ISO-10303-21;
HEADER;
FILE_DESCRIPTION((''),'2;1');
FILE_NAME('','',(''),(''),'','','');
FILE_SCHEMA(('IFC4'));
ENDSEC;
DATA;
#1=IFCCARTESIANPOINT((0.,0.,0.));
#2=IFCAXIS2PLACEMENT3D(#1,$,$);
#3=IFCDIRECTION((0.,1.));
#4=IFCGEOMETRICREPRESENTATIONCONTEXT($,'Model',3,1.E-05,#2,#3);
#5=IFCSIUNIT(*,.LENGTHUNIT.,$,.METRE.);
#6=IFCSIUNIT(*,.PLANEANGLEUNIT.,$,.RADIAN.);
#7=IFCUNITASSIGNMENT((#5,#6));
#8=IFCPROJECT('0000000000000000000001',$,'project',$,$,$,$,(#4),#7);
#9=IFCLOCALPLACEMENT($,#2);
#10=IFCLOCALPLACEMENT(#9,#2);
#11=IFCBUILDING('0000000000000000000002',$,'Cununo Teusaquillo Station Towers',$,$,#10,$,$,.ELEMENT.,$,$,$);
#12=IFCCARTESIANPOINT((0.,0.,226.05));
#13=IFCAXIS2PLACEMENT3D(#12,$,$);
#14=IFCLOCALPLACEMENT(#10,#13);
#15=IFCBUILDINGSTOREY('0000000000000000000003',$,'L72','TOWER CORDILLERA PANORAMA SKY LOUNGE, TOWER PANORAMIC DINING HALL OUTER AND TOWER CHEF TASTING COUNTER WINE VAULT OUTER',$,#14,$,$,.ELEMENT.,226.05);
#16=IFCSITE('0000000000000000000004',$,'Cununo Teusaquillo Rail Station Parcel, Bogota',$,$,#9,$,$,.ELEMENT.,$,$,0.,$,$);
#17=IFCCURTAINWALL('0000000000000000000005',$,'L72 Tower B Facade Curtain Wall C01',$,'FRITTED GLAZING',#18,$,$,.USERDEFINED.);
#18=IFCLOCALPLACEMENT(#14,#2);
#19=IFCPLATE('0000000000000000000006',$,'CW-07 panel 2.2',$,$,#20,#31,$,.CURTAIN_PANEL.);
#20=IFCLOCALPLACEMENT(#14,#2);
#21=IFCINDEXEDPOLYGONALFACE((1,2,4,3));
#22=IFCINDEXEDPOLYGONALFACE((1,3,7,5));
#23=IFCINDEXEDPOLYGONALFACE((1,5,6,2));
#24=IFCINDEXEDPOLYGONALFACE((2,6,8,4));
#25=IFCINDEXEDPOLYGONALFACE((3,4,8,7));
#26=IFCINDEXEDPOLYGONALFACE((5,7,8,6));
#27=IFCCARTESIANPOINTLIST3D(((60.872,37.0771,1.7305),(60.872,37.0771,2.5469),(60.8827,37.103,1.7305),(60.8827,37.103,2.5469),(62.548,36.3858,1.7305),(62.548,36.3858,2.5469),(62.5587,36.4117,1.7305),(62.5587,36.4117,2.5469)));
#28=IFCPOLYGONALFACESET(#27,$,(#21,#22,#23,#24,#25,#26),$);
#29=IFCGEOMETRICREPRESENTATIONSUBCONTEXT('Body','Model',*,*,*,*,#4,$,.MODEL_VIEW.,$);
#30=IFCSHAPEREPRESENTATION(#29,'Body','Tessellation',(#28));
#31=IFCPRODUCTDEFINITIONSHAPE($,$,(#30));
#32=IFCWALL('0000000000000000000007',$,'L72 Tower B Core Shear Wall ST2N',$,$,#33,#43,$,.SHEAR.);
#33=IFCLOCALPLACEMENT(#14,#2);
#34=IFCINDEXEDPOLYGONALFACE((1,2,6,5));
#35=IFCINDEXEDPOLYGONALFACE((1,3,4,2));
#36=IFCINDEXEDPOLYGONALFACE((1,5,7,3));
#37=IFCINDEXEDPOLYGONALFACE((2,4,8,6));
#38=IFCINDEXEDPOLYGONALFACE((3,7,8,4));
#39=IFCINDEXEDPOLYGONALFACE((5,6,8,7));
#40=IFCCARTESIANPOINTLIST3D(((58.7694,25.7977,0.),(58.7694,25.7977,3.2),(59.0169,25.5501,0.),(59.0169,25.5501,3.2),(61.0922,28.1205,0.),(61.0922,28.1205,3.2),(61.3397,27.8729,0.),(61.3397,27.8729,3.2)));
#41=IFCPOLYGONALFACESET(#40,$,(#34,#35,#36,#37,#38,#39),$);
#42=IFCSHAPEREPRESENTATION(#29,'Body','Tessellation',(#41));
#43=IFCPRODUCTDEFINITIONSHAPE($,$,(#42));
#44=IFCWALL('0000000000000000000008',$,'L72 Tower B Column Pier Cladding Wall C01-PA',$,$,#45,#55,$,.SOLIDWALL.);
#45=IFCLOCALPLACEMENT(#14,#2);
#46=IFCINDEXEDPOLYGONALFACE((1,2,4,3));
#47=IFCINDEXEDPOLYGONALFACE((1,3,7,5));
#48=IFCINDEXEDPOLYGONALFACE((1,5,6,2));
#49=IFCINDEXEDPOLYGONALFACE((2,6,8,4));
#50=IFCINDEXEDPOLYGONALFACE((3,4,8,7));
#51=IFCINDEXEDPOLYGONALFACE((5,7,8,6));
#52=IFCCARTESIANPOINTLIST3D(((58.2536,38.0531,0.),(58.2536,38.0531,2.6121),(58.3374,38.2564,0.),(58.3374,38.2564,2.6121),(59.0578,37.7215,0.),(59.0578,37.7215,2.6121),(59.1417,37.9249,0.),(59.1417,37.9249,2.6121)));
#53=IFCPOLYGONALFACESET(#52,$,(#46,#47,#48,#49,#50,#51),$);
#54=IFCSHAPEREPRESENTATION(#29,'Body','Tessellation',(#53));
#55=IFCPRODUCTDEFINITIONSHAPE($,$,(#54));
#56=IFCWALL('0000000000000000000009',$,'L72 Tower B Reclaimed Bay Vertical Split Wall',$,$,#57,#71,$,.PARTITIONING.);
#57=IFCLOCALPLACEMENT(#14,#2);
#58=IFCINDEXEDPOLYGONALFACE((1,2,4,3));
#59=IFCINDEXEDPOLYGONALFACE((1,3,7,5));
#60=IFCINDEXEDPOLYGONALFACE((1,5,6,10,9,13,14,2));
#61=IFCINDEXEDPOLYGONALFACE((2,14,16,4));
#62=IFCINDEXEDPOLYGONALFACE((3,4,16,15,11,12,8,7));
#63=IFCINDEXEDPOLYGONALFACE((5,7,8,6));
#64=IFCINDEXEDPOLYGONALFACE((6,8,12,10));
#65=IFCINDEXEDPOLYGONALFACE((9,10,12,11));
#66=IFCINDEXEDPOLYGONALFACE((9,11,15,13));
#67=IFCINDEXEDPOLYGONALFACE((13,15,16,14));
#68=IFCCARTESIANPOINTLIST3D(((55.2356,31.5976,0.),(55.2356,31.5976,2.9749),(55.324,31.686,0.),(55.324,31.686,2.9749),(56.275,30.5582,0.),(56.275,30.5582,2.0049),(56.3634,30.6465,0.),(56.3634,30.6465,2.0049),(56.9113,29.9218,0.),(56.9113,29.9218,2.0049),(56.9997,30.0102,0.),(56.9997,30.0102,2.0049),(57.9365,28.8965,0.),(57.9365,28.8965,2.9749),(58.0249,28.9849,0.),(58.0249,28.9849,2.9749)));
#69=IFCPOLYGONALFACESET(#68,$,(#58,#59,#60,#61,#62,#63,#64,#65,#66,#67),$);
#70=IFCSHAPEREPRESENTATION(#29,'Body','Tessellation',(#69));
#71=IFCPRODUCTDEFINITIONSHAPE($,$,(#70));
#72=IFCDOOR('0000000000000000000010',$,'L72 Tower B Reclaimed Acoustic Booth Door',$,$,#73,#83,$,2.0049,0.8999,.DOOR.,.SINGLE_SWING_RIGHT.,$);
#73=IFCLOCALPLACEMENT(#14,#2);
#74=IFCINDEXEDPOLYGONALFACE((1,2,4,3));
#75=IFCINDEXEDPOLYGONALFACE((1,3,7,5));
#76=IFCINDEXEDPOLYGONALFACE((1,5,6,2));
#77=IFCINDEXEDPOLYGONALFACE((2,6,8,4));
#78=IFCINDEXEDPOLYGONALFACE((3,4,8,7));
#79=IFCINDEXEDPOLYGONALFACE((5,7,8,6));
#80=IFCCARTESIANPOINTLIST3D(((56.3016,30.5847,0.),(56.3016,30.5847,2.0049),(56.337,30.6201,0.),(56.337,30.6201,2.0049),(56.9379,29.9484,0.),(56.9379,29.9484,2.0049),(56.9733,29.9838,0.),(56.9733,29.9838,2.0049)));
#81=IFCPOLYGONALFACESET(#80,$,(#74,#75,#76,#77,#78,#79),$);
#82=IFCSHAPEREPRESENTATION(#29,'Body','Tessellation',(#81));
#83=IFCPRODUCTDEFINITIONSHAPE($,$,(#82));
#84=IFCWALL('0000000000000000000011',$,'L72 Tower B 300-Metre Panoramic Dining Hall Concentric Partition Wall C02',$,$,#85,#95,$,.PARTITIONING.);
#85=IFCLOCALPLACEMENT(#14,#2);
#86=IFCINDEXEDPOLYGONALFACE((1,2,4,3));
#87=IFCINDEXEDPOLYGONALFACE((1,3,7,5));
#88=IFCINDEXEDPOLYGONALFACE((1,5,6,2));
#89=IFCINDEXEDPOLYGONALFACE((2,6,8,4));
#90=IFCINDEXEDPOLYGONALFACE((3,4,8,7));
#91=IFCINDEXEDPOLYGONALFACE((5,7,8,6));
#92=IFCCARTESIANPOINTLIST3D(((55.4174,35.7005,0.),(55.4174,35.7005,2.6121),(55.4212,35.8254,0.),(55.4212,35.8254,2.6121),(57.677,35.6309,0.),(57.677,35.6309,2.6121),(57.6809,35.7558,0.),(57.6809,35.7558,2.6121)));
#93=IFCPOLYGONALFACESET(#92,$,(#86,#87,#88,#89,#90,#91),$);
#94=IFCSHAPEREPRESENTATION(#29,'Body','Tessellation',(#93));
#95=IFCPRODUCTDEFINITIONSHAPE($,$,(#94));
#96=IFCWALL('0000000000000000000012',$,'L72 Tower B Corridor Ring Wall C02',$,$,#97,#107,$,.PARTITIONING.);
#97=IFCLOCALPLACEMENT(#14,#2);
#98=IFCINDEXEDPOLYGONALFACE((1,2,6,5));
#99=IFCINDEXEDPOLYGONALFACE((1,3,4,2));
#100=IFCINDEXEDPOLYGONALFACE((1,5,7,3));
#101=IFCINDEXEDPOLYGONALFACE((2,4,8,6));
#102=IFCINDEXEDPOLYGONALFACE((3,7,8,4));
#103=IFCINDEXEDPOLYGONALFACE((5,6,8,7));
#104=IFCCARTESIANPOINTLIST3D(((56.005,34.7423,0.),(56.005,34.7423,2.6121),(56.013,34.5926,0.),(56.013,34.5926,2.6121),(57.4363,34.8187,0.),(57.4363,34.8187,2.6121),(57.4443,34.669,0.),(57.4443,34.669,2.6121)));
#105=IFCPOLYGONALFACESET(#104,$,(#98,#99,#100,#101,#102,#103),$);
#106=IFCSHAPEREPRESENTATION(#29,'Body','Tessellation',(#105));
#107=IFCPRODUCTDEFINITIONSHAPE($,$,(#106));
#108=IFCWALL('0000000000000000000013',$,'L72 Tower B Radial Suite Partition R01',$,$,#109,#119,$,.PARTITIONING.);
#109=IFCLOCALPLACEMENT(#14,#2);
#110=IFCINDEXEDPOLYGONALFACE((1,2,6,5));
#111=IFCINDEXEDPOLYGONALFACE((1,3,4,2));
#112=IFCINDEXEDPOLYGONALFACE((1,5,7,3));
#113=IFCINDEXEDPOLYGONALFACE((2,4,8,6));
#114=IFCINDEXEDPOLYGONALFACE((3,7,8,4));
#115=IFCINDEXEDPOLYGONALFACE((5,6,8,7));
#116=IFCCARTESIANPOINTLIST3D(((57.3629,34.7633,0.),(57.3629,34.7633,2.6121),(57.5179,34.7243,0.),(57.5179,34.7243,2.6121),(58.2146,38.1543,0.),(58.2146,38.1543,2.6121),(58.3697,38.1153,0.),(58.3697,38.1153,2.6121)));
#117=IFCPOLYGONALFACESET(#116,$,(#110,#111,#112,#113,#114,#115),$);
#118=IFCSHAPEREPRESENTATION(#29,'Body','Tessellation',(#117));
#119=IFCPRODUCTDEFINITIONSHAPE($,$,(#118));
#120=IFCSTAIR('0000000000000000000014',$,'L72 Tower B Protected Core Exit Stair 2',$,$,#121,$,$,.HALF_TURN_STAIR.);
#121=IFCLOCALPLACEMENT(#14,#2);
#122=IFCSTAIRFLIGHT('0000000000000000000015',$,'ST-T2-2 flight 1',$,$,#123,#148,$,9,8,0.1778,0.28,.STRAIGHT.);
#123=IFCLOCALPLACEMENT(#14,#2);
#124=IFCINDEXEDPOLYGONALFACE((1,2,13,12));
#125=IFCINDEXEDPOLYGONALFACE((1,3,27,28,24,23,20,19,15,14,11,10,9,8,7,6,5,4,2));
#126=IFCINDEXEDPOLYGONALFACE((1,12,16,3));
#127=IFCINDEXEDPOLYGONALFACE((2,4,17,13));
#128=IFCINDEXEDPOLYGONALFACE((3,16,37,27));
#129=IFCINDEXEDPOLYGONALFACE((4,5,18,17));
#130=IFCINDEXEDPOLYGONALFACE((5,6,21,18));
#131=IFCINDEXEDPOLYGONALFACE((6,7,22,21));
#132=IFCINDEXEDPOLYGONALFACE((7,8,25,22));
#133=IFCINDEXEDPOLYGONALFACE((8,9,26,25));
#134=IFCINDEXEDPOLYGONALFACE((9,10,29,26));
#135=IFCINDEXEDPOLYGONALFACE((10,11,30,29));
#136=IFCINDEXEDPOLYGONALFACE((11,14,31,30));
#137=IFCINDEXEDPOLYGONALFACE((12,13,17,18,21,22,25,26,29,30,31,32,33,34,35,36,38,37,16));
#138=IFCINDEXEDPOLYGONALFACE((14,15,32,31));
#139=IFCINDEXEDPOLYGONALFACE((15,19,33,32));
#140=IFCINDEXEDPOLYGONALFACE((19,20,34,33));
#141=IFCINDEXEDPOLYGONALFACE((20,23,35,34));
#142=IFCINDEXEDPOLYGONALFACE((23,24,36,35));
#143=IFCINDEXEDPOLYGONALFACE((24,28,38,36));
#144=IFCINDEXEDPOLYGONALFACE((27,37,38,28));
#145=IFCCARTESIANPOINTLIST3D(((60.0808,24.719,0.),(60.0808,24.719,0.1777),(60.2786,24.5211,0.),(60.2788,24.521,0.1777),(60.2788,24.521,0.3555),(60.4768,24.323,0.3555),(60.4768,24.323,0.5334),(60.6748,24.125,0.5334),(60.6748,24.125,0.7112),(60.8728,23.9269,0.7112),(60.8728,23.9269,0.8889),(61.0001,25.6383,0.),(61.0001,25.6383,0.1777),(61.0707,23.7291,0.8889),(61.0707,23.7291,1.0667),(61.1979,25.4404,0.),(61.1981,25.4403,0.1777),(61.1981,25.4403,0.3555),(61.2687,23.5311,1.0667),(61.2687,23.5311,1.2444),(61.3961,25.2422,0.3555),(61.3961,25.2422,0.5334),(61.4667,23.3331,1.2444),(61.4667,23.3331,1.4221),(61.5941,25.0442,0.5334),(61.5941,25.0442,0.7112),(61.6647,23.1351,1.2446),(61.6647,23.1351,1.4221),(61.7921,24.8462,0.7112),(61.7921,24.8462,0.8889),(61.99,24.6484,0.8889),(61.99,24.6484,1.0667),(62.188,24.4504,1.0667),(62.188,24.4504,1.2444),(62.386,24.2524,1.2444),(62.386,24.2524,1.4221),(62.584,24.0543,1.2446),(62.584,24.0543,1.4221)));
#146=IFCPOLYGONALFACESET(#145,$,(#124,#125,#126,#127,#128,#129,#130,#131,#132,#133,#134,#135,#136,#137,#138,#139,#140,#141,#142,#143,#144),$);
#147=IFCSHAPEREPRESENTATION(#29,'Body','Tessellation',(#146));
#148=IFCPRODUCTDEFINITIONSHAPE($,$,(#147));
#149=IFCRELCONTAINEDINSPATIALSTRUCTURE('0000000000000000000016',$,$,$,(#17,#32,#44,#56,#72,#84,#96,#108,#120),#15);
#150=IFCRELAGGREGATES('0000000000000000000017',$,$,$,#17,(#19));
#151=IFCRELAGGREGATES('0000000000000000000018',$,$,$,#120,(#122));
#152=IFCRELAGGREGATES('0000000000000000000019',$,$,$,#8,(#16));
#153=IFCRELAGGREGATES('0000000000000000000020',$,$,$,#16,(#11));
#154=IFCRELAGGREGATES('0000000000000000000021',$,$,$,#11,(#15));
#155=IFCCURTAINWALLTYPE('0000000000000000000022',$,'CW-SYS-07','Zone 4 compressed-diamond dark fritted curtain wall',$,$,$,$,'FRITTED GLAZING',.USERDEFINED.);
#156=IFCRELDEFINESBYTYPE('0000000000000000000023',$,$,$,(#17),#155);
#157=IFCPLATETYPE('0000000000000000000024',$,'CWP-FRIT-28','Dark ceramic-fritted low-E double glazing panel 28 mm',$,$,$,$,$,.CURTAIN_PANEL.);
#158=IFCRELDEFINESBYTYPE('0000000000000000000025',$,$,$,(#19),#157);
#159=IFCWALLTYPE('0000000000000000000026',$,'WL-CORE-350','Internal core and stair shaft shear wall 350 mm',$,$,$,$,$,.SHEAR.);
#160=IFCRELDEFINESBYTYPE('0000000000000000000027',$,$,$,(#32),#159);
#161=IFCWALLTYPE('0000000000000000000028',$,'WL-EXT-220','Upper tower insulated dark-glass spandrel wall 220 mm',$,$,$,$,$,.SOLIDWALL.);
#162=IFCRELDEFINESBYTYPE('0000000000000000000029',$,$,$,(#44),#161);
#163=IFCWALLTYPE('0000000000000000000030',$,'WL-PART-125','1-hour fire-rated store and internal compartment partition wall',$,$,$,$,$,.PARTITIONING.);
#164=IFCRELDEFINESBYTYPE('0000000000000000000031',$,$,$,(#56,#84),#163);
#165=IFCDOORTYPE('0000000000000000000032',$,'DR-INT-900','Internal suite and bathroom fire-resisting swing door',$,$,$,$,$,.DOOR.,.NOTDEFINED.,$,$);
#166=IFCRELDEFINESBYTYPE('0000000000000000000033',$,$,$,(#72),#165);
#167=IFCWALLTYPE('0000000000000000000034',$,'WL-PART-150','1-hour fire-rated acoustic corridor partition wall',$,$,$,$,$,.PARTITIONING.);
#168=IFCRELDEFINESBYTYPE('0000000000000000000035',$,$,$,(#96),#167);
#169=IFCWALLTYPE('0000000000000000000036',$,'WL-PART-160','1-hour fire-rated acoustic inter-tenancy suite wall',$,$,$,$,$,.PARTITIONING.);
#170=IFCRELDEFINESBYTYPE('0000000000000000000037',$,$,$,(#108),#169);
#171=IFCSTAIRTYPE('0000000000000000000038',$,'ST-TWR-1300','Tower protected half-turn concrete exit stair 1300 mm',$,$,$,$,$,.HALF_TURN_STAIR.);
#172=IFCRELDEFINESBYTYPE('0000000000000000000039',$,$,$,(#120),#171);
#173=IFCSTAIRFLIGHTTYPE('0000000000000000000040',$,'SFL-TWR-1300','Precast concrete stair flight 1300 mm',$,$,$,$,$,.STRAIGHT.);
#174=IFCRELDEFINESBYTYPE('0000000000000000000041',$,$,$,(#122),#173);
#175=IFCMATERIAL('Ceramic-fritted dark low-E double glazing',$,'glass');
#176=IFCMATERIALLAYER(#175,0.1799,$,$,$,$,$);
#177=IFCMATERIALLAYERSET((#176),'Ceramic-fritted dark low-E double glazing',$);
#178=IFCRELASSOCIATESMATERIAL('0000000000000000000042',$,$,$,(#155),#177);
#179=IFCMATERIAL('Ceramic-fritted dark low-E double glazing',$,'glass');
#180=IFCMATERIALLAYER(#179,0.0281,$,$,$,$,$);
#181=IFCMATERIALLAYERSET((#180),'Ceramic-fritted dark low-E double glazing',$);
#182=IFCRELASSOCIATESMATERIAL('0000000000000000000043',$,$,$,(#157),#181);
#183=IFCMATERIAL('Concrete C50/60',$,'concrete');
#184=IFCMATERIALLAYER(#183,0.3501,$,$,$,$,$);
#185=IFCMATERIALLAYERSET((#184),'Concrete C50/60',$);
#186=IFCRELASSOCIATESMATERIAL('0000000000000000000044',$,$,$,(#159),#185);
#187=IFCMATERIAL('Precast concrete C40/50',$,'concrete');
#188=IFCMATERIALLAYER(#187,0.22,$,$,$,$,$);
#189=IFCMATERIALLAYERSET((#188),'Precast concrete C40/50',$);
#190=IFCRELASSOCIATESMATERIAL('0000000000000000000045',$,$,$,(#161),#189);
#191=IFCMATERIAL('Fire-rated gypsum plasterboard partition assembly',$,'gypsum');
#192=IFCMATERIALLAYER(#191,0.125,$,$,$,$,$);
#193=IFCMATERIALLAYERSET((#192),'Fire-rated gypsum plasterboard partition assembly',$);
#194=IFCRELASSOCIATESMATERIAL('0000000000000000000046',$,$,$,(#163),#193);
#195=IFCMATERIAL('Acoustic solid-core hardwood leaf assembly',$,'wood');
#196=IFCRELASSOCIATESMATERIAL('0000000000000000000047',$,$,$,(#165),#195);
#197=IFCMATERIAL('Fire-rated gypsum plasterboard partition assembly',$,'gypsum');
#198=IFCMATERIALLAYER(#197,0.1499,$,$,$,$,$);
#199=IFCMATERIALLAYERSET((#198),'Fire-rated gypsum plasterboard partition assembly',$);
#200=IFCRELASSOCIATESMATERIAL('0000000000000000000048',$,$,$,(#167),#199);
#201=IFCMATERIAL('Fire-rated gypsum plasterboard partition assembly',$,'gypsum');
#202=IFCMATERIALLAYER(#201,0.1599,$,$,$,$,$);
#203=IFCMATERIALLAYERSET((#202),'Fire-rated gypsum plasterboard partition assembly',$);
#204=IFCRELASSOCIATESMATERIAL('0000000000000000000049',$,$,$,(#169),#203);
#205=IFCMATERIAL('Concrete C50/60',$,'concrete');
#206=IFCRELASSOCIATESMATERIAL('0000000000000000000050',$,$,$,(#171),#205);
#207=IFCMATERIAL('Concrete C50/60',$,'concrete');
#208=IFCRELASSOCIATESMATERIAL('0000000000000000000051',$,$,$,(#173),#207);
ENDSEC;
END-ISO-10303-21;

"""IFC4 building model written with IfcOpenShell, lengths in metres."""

from ifc_helpers import new_model, si_unit, direction, frame, frame_2d, origin, origin_2d, place, context, subcontext, project, spatial, polyline, rectangle, outline, extrude, source, transform, mapped, material, layer, layer_set, type_object, element, fill, aggregate, save


model = new_model("IFC4")

# Units and contexts
model_context = context("Model", 3, precision=1e-05, world=origin(), true_north=direction((0.0, 1.0)))
body_context = subcontext(model_context, "Body", "Model", "MODEL_VIEW")
ifc_project = project(units=[si_unit("LENGTHUNIT", "METRE"), si_unit("PLANEANGLEUNIT", "RADIAN")], contexts=[model_context])

# Site, building, storey
site_placement = place(None, origin())
site = spatial("IfcSite", under=ifc_project, at=site_placement, Name="Cununo Teusaquillo Rail Station Parcel, Bogota", CompositionType="ELEMENT", RefElevation=0.0)
building_placement = place(site_placement, origin())
building = spatial("IfcBuilding", under=site, at=building_placement, Name="Cununo Teusaquillo Station Towers", CompositionType="ELEMENT")
storey_placement = place(building_placement, frame((0.0, 0.0, 226.05)))
storey = spatial("IfcBuildingStorey", under=building, at=storey_placement, Name="L72", Description="TOWER CORDILLERA PANORAMA SKY LOUNGE, TOWER PANORAMIC DINING HALL OUTER AND TOWER CHEF TASTING COUNTER WINE VAULT OUTER", CompositionType="ELEMENT", Elevation=226.05)

# Curtain wall, plate
ifc_material_1 = material(Name="Ceramic-fritted dark low-E double glazing", Category="glass")
ifc_layer_1 = layer(ifc_material_1, 0.1799)
ifc_layer_set_1 = layer_set([ifc_layer_1], Name="Ceramic-fritted dark low-E double glazing")
curtain_wall_type = type_object("IfcCurtainWallType", Name="CW-SYS-07", Description="Zone 4 compressed-diamond dark fritted curtain wall", ElementType="FRITTED GLAZING", PredefinedType="USERDEFINED", material=ifc_layer_set_1)
curtain_wall_placement = place(storey_placement, origin())
curtain_wall = element("IfcCurtainWall", 1, at=curtain_wall_placement, inside=storey, type_object=curtain_wall_type, Name="L72 Tower B Facade Curtain Wall C01", ObjectType="FRITTED GLAZING", PredefinedType="USERDEFINED")
ifc_material_2 = material(Name="Ceramic-fritted dark low-E double glazing", Category="glass")
ifc_layer_2 = layer(ifc_material_2, 0.0281)
ifc_layer_set_2 = layer_set([ifc_layer_2], Name="Ceramic-fritted dark low-E double glazing")
plate_type = type_object("IfcPlateType", Name="CWP-FRIT-28", Description="Dark ceramic-fritted low-E double glazing panel 28 mm", PredefinedType="CURTAIN_PANEL", material=ifc_layer_set_2)
shared_shape_1 = source(origin(), body_context, "Body", "SweptSolid", [
    extrude(rectangle(XDim=1.813, YDim=0.0281, at=origin_2d()), origin(), (0.0, 0.0, 1.0), 0.8164),
])
plate_1_placement = place(storey_placement, frame((61.7153, 36.7444, 1.7305), z_axis=(0.0, 0.0, 1.0), x_axis=(0.924447, -0.381311, 0.0)))
plate_1 = element("IfcPlate", 2, at=plate_1_placement, type_object=plate_type, Name="CW-07 panel 2.2", PredefinedType="CURTAIN_PANEL", context=body_context, shape_type="MappedRepresentation", body=[
    mapped(shared_shape_1, transform((0.0, 0.0, 0.0), x_axis=(1.0, 0.0, 0.0), y_axis=(0.0, 1.0, 0.0), z_axis=(0.0, 0.0, 1.0), scale=1.0)),
])
aggregate(curtain_wall, [plate_1])

# Walls
ifc_material_3 = material(Name="Concrete C50/60", Category="concrete")
ifc_layer_3 = layer(ifc_material_3, 0.3501)
ifc_layer_set_3 = layer_set([ifc_layer_3], Name="Concrete C50/60")
wall_type_1 = type_object("IfcWallType", Name="WL-CORE-350", Description="Internal core and stair shaft shear wall 350 mm", PredefinedType="SHEAR", material=ifc_layer_set_3)
wall_1_placement = place(storey_placement, frame((58.8931, 25.6738, 0.0), z_axis=(0.0, 0.0, 1.0), x_axis=(0.707107, 0.707107, 0.0)))
element("IfcWall", 3, at=wall_1_placement, inside=storey, type_object=wall_type_1, Name="L72 Tower B Core Shear Wall ST2N", PredefinedType="SHEAR", context=body_context, shape_type="SweptSolid", body=[
    extrude(rectangle(XDim=3.2849, YDim=0.3501, at=frame_2d((1.6426, 0.0))), origin(), (0.0, 0.0, 1.0), 3.2),
])
ifc_material_4 = material(Name="Precast concrete C40/50", Category="concrete")
ifc_layer_4 = layer(ifc_material_4, 0.22)
ifc_layer_set_4 = layer_set([ifc_layer_4], Name="Precast concrete C40/50")
wall_type_2 = type_object("IfcWallType", Name="WL-EXT-220", Description="Upper tower insulated dark-glass spandrel wall 220 mm", PredefinedType="SOLIDWALL", material=ifc_layer_set_4)
wall_2_placement = place(storey_placement, frame((58.2954, 38.1548, 0.0), z_axis=(0.0, 0.0, 1.0), x_axis=(0.924515, -0.381145, 0.0)))
element("IfcWall", 4, at=wall_2_placement, inside=storey, type_object=wall_type_2, Name="L72 Tower B Column Pier Cladding Wall C01-PA", PredefinedType="SOLIDWALL", context=body_context, shape_type="SweptSolid", body=[
    extrude(rectangle(XDim=0.8699, YDim=0.22, at=frame_2d((0.4351, 0.0))), origin(), (0.0, 0.0, 1.0), 2.6121),
])

# Wall, opening, door
ifc_material_5 = material(Name="Fire-rated gypsum plasterboard partition assembly", Category="gypsum")
ifc_layer_5 = layer(ifc_material_5, 0.125)
ifc_layer_set_5 = layer_set([ifc_layer_5], Name="Fire-rated gypsum plasterboard partition assembly")
wall_type_3 = type_object("IfcWallType", Name="WL-PART-125", Description="1-hour fire-rated store and internal compartment partition wall", PredefinedType="PARTITIONING", material=ifc_layer_set_5)
wall_3_placement = place(storey_placement, frame((57.9807, 28.9407, 0.0), z_axis=(0.0, 0.0, 1.0), x_axis=(-0.707075, 0.707139, 0.0)))
wall_3 = element("IfcWall", 5, at=wall_3_placement, inside=storey, type_object=wall_type_3, Name="L72 Tower B Reclaimed Bay Vertical Split Wall", PredefinedType="PARTITIONING", context=body_context, shape_type="SweptSolid", body=[
    extrude(rectangle(XDim=3.8198, YDim=0.125, at=frame_2d((1.9099, 0.0))), origin(), (0.0, 0.0, 1.0), 2.9749),
])
shared_shape_2 = source(origin(), body_context, "Body", "SweptSolid", [
    extrude(rectangle(XDim=0.8999, YDim=2.0049, at=frame_2d((0.45, 1.0024))), frame((0.0, 0.0725, 0.0), z_axis=(0.0, -1.0, 0.0), x_axis=(1.0, 0.0, 0.0)), (0.0, 0.0, 1.0), 0.145),
])
opening_placement = place(wall_3_placement, frame((1.45, 0.0, 0.0)))
opening = element("IfcOpeningElement", 6, at=opening_placement, cuts=wall_3, PredefinedType="OPENING", context=body_context, shape_type="MappedRepresentation", body=[
    mapped(shared_shape_2, transform((0.0, 0.0, 0.0), x_axis=(1.0, 0.0, 0.0), y_axis=(0.0, 1.0, 0.0), z_axis=(0.0, 0.0, 1.0), scale=1.0)),
])
ifc_material_6 = material(Name="Acoustic solid-core hardwood leaf assembly", Category="wood")
door_type = type_object("IfcDoorType", Name="DR-INT-900", Description="Internal suite and bathroom fire-resisting swing door", OperationType="NOTDEFINED", PredefinedType="DOOR", material=ifc_material_6)
shared_shape_3 = source(origin(), body_context, "Body", "SweptSolid", [
    extrude(rectangle(XDim=0.8999, YDim=2.0049, at=frame_2d((0.45, 1.0024))), frame((0.0, 0.0249, 0.0), z_axis=(0.0, -1.0, 0.0), x_axis=(1.0, 0.0, 0.0)), (0.0, 0.0, 1.0), 0.05),
])
door_placement = place(opening_placement, origin())
door = element("IfcDoor", 7, at=door_placement, inside=storey, type_object=door_type, Name="L72 Tower B Reclaimed Acoustic Booth Door", OperationType="SINGLE_SWING_RIGHT", OverallHeight=2.0049, OverallWidth=0.8999, PredefinedType="DOOR", context=body_context, shape_type="MappedRepresentation", body=[
    mapped(shared_shape_3, transform((0.0, 0.0, 0.0), x_axis=(1.0, 0.0, 0.0), y_axis=(0.0, 1.0, 0.0), z_axis=(0.0, 0.0, 1.0), scale=1.0)),
])
fill(opening, door)

# Walls
wall_4_placement = place(storey_placement, frame((57.679, 35.6934, 0.0), z_axis=(0.0, 0.0, 1.0), x_axis=(-0.999526, 0.030776, 0.0)))
element("IfcWall", 8, at=wall_4_placement, inside=storey, type_object=wall_type_3, Name="L72 Tower B 300-Metre Panoramic Dining Hall Concentric Partition Wall C02", PredefinedType="PARTITIONING", context=body_context, shape_type="SweptSolid", body=[
    extrude(rectangle(XDim=2.2607, YDim=0.125, at=frame_2d((1.1304, 0.0))), origin(), (0.0, 0.0, 1.0), 2.6121),
])
ifc_material_7 = material(Name="Fire-rated gypsum plasterboard partition assembly", Category="gypsum")
ifc_layer_6 = layer(ifc_material_7, 0.1499)
ifc_layer_set_6 = layer_set([ifc_layer_6], Name="Fire-rated gypsum plasterboard partition assembly")
wall_type_4 = type_object("IfcWallType", Name="WL-PART-150", Description="1-hour fire-rated acoustic corridor partition wall", PredefinedType="PARTITIONING", material=ifc_layer_set_6)
wall_5_placement = place(storey_placement, frame((57.4404, 34.7439, 0.0), z_axis=(0.0, 0.0, 1.0), x_axis=(-0.998578, -0.05331, 0.0)))
element("IfcWall", 9, at=wall_5_placement, inside=storey, type_object=wall_type_4, Name="L72 Tower B Corridor Ring Wall C02", PredefinedType="PARTITIONING", context=body_context, shape_type="SweptSolid", body=[
    extrude(rectangle(XDim=1.4333, YDim=0.1499, at=frame_2d((0.7168, 0.0))), origin(), (0.0, 0.0, 1.0), 2.6121),
])
ifc_material_8 = material(Name="Fire-rated gypsum plasterboard partition assembly", Category="gypsum")
ifc_layer_7 = layer(ifc_material_8, 0.1599)
ifc_layer_set_7 = layer_set([ifc_layer_7], Name="Fire-rated gypsum plasterboard partition assembly")
wall_type_5 = type_object("IfcWallType", Name="WL-PART-160", Description="1-hour fire-rated acoustic inter-tenancy suite wall", PredefinedType="PARTITIONING", material=ifc_layer_set_7)
wall_6_placement = place(storey_placement, frame((57.4404, 34.7439, 0.0), z_axis=(0.0, 0.0, 1.0), x_axis=(0.24362, 0.969871, 0.0)))
element("IfcWall", 10, at=wall_6_placement, inside=storey, type_object=wall_type_5, Name="L72 Tower B Radial Suite Partition R01", PredefinedType="PARTITIONING", context=body_context, shape_type="SweptSolid", body=[
    extrude(rectangle(XDim=3.4963, YDim=0.1599, at=frame_2d((1.748, 0.0))), origin(), (0.0, 0.0, 1.0), 2.6121),
])

# Stair, stair flight
ifc_material_9 = material(Name="Concrete C50/60", Category="concrete")
stair_type = type_object("IfcStairType", Name="ST-TWR-1300", Description="Tower protected half-turn concrete exit stair 1300 mm", PredefinedType="HALF_TURN_STAIR", material=ifc_material_9)
stair_placement = place(storey_placement, origin())
stair = element("IfcStair", 11, at=stair_placement, inside=storey, type_object=stair_type, Name="L72 Tower B Protected Core Exit Stair 2", PredefinedType="HALF_TURN_STAIR")
ifc_material_10 = material(Name="Concrete C50/60", Category="concrete")
stair_flight_type = type_object("IfcStairFlightType", Name="SFL-TWR-1300", Description="Precast concrete stair flight 1300 mm", PredefinedType="STRAIGHT", material=ifc_material_10)
stair_flight_placement = place(storey_placement, frame((60.5405, 25.1787, 0.0), z_axis=(0.0, 0.0, 1.0), x_axis=(0.707107, -0.707107, 0.0)))
stair_flight = element("IfcStairFlight", 12, at=stair_flight_placement, type_object=stair_flight_type, Name="ST-T2-2 flight 1", NumberOfRisers=9, NumberOfTreads=8, PredefinedType="STRAIGHT", RiserHeight=0.1778, TreadLength=0.28, context=body_context, shape_type="SweptSolid", body=[
    extrude(outline(polyline([(0.0, 0.0), (0.0, 0.1777), (0.28, 0.1777), (0.28, 0.3555), (0.5601, 0.3555), (0.5601, 0.5334), (0.8401, 0.5334), (0.8401, 0.7112), (1.1201, 0.7112), (1.1201, 0.8889), (1.3999, 0.8889), (1.3999, 1.0667), (1.6799, 1.0667), (1.6799, 1.2444), (1.96, 1.2444), (1.96, 1.4221), (2.24, 1.4221), (2.24, 1.6001), (2.24, 1.2446), (0.2798, 0.0), (0.0, 0.0)])), frame((0.0, 0.6499, 0.0), z_axis=(0.0, -1.0, 0.0), x_axis=(1.0, 0.0, 0.0)), (0.0, 0.0, 1.0), 1.3),
])
aggregate(stair, [stair_flight])

save(model, "model.ifc")
